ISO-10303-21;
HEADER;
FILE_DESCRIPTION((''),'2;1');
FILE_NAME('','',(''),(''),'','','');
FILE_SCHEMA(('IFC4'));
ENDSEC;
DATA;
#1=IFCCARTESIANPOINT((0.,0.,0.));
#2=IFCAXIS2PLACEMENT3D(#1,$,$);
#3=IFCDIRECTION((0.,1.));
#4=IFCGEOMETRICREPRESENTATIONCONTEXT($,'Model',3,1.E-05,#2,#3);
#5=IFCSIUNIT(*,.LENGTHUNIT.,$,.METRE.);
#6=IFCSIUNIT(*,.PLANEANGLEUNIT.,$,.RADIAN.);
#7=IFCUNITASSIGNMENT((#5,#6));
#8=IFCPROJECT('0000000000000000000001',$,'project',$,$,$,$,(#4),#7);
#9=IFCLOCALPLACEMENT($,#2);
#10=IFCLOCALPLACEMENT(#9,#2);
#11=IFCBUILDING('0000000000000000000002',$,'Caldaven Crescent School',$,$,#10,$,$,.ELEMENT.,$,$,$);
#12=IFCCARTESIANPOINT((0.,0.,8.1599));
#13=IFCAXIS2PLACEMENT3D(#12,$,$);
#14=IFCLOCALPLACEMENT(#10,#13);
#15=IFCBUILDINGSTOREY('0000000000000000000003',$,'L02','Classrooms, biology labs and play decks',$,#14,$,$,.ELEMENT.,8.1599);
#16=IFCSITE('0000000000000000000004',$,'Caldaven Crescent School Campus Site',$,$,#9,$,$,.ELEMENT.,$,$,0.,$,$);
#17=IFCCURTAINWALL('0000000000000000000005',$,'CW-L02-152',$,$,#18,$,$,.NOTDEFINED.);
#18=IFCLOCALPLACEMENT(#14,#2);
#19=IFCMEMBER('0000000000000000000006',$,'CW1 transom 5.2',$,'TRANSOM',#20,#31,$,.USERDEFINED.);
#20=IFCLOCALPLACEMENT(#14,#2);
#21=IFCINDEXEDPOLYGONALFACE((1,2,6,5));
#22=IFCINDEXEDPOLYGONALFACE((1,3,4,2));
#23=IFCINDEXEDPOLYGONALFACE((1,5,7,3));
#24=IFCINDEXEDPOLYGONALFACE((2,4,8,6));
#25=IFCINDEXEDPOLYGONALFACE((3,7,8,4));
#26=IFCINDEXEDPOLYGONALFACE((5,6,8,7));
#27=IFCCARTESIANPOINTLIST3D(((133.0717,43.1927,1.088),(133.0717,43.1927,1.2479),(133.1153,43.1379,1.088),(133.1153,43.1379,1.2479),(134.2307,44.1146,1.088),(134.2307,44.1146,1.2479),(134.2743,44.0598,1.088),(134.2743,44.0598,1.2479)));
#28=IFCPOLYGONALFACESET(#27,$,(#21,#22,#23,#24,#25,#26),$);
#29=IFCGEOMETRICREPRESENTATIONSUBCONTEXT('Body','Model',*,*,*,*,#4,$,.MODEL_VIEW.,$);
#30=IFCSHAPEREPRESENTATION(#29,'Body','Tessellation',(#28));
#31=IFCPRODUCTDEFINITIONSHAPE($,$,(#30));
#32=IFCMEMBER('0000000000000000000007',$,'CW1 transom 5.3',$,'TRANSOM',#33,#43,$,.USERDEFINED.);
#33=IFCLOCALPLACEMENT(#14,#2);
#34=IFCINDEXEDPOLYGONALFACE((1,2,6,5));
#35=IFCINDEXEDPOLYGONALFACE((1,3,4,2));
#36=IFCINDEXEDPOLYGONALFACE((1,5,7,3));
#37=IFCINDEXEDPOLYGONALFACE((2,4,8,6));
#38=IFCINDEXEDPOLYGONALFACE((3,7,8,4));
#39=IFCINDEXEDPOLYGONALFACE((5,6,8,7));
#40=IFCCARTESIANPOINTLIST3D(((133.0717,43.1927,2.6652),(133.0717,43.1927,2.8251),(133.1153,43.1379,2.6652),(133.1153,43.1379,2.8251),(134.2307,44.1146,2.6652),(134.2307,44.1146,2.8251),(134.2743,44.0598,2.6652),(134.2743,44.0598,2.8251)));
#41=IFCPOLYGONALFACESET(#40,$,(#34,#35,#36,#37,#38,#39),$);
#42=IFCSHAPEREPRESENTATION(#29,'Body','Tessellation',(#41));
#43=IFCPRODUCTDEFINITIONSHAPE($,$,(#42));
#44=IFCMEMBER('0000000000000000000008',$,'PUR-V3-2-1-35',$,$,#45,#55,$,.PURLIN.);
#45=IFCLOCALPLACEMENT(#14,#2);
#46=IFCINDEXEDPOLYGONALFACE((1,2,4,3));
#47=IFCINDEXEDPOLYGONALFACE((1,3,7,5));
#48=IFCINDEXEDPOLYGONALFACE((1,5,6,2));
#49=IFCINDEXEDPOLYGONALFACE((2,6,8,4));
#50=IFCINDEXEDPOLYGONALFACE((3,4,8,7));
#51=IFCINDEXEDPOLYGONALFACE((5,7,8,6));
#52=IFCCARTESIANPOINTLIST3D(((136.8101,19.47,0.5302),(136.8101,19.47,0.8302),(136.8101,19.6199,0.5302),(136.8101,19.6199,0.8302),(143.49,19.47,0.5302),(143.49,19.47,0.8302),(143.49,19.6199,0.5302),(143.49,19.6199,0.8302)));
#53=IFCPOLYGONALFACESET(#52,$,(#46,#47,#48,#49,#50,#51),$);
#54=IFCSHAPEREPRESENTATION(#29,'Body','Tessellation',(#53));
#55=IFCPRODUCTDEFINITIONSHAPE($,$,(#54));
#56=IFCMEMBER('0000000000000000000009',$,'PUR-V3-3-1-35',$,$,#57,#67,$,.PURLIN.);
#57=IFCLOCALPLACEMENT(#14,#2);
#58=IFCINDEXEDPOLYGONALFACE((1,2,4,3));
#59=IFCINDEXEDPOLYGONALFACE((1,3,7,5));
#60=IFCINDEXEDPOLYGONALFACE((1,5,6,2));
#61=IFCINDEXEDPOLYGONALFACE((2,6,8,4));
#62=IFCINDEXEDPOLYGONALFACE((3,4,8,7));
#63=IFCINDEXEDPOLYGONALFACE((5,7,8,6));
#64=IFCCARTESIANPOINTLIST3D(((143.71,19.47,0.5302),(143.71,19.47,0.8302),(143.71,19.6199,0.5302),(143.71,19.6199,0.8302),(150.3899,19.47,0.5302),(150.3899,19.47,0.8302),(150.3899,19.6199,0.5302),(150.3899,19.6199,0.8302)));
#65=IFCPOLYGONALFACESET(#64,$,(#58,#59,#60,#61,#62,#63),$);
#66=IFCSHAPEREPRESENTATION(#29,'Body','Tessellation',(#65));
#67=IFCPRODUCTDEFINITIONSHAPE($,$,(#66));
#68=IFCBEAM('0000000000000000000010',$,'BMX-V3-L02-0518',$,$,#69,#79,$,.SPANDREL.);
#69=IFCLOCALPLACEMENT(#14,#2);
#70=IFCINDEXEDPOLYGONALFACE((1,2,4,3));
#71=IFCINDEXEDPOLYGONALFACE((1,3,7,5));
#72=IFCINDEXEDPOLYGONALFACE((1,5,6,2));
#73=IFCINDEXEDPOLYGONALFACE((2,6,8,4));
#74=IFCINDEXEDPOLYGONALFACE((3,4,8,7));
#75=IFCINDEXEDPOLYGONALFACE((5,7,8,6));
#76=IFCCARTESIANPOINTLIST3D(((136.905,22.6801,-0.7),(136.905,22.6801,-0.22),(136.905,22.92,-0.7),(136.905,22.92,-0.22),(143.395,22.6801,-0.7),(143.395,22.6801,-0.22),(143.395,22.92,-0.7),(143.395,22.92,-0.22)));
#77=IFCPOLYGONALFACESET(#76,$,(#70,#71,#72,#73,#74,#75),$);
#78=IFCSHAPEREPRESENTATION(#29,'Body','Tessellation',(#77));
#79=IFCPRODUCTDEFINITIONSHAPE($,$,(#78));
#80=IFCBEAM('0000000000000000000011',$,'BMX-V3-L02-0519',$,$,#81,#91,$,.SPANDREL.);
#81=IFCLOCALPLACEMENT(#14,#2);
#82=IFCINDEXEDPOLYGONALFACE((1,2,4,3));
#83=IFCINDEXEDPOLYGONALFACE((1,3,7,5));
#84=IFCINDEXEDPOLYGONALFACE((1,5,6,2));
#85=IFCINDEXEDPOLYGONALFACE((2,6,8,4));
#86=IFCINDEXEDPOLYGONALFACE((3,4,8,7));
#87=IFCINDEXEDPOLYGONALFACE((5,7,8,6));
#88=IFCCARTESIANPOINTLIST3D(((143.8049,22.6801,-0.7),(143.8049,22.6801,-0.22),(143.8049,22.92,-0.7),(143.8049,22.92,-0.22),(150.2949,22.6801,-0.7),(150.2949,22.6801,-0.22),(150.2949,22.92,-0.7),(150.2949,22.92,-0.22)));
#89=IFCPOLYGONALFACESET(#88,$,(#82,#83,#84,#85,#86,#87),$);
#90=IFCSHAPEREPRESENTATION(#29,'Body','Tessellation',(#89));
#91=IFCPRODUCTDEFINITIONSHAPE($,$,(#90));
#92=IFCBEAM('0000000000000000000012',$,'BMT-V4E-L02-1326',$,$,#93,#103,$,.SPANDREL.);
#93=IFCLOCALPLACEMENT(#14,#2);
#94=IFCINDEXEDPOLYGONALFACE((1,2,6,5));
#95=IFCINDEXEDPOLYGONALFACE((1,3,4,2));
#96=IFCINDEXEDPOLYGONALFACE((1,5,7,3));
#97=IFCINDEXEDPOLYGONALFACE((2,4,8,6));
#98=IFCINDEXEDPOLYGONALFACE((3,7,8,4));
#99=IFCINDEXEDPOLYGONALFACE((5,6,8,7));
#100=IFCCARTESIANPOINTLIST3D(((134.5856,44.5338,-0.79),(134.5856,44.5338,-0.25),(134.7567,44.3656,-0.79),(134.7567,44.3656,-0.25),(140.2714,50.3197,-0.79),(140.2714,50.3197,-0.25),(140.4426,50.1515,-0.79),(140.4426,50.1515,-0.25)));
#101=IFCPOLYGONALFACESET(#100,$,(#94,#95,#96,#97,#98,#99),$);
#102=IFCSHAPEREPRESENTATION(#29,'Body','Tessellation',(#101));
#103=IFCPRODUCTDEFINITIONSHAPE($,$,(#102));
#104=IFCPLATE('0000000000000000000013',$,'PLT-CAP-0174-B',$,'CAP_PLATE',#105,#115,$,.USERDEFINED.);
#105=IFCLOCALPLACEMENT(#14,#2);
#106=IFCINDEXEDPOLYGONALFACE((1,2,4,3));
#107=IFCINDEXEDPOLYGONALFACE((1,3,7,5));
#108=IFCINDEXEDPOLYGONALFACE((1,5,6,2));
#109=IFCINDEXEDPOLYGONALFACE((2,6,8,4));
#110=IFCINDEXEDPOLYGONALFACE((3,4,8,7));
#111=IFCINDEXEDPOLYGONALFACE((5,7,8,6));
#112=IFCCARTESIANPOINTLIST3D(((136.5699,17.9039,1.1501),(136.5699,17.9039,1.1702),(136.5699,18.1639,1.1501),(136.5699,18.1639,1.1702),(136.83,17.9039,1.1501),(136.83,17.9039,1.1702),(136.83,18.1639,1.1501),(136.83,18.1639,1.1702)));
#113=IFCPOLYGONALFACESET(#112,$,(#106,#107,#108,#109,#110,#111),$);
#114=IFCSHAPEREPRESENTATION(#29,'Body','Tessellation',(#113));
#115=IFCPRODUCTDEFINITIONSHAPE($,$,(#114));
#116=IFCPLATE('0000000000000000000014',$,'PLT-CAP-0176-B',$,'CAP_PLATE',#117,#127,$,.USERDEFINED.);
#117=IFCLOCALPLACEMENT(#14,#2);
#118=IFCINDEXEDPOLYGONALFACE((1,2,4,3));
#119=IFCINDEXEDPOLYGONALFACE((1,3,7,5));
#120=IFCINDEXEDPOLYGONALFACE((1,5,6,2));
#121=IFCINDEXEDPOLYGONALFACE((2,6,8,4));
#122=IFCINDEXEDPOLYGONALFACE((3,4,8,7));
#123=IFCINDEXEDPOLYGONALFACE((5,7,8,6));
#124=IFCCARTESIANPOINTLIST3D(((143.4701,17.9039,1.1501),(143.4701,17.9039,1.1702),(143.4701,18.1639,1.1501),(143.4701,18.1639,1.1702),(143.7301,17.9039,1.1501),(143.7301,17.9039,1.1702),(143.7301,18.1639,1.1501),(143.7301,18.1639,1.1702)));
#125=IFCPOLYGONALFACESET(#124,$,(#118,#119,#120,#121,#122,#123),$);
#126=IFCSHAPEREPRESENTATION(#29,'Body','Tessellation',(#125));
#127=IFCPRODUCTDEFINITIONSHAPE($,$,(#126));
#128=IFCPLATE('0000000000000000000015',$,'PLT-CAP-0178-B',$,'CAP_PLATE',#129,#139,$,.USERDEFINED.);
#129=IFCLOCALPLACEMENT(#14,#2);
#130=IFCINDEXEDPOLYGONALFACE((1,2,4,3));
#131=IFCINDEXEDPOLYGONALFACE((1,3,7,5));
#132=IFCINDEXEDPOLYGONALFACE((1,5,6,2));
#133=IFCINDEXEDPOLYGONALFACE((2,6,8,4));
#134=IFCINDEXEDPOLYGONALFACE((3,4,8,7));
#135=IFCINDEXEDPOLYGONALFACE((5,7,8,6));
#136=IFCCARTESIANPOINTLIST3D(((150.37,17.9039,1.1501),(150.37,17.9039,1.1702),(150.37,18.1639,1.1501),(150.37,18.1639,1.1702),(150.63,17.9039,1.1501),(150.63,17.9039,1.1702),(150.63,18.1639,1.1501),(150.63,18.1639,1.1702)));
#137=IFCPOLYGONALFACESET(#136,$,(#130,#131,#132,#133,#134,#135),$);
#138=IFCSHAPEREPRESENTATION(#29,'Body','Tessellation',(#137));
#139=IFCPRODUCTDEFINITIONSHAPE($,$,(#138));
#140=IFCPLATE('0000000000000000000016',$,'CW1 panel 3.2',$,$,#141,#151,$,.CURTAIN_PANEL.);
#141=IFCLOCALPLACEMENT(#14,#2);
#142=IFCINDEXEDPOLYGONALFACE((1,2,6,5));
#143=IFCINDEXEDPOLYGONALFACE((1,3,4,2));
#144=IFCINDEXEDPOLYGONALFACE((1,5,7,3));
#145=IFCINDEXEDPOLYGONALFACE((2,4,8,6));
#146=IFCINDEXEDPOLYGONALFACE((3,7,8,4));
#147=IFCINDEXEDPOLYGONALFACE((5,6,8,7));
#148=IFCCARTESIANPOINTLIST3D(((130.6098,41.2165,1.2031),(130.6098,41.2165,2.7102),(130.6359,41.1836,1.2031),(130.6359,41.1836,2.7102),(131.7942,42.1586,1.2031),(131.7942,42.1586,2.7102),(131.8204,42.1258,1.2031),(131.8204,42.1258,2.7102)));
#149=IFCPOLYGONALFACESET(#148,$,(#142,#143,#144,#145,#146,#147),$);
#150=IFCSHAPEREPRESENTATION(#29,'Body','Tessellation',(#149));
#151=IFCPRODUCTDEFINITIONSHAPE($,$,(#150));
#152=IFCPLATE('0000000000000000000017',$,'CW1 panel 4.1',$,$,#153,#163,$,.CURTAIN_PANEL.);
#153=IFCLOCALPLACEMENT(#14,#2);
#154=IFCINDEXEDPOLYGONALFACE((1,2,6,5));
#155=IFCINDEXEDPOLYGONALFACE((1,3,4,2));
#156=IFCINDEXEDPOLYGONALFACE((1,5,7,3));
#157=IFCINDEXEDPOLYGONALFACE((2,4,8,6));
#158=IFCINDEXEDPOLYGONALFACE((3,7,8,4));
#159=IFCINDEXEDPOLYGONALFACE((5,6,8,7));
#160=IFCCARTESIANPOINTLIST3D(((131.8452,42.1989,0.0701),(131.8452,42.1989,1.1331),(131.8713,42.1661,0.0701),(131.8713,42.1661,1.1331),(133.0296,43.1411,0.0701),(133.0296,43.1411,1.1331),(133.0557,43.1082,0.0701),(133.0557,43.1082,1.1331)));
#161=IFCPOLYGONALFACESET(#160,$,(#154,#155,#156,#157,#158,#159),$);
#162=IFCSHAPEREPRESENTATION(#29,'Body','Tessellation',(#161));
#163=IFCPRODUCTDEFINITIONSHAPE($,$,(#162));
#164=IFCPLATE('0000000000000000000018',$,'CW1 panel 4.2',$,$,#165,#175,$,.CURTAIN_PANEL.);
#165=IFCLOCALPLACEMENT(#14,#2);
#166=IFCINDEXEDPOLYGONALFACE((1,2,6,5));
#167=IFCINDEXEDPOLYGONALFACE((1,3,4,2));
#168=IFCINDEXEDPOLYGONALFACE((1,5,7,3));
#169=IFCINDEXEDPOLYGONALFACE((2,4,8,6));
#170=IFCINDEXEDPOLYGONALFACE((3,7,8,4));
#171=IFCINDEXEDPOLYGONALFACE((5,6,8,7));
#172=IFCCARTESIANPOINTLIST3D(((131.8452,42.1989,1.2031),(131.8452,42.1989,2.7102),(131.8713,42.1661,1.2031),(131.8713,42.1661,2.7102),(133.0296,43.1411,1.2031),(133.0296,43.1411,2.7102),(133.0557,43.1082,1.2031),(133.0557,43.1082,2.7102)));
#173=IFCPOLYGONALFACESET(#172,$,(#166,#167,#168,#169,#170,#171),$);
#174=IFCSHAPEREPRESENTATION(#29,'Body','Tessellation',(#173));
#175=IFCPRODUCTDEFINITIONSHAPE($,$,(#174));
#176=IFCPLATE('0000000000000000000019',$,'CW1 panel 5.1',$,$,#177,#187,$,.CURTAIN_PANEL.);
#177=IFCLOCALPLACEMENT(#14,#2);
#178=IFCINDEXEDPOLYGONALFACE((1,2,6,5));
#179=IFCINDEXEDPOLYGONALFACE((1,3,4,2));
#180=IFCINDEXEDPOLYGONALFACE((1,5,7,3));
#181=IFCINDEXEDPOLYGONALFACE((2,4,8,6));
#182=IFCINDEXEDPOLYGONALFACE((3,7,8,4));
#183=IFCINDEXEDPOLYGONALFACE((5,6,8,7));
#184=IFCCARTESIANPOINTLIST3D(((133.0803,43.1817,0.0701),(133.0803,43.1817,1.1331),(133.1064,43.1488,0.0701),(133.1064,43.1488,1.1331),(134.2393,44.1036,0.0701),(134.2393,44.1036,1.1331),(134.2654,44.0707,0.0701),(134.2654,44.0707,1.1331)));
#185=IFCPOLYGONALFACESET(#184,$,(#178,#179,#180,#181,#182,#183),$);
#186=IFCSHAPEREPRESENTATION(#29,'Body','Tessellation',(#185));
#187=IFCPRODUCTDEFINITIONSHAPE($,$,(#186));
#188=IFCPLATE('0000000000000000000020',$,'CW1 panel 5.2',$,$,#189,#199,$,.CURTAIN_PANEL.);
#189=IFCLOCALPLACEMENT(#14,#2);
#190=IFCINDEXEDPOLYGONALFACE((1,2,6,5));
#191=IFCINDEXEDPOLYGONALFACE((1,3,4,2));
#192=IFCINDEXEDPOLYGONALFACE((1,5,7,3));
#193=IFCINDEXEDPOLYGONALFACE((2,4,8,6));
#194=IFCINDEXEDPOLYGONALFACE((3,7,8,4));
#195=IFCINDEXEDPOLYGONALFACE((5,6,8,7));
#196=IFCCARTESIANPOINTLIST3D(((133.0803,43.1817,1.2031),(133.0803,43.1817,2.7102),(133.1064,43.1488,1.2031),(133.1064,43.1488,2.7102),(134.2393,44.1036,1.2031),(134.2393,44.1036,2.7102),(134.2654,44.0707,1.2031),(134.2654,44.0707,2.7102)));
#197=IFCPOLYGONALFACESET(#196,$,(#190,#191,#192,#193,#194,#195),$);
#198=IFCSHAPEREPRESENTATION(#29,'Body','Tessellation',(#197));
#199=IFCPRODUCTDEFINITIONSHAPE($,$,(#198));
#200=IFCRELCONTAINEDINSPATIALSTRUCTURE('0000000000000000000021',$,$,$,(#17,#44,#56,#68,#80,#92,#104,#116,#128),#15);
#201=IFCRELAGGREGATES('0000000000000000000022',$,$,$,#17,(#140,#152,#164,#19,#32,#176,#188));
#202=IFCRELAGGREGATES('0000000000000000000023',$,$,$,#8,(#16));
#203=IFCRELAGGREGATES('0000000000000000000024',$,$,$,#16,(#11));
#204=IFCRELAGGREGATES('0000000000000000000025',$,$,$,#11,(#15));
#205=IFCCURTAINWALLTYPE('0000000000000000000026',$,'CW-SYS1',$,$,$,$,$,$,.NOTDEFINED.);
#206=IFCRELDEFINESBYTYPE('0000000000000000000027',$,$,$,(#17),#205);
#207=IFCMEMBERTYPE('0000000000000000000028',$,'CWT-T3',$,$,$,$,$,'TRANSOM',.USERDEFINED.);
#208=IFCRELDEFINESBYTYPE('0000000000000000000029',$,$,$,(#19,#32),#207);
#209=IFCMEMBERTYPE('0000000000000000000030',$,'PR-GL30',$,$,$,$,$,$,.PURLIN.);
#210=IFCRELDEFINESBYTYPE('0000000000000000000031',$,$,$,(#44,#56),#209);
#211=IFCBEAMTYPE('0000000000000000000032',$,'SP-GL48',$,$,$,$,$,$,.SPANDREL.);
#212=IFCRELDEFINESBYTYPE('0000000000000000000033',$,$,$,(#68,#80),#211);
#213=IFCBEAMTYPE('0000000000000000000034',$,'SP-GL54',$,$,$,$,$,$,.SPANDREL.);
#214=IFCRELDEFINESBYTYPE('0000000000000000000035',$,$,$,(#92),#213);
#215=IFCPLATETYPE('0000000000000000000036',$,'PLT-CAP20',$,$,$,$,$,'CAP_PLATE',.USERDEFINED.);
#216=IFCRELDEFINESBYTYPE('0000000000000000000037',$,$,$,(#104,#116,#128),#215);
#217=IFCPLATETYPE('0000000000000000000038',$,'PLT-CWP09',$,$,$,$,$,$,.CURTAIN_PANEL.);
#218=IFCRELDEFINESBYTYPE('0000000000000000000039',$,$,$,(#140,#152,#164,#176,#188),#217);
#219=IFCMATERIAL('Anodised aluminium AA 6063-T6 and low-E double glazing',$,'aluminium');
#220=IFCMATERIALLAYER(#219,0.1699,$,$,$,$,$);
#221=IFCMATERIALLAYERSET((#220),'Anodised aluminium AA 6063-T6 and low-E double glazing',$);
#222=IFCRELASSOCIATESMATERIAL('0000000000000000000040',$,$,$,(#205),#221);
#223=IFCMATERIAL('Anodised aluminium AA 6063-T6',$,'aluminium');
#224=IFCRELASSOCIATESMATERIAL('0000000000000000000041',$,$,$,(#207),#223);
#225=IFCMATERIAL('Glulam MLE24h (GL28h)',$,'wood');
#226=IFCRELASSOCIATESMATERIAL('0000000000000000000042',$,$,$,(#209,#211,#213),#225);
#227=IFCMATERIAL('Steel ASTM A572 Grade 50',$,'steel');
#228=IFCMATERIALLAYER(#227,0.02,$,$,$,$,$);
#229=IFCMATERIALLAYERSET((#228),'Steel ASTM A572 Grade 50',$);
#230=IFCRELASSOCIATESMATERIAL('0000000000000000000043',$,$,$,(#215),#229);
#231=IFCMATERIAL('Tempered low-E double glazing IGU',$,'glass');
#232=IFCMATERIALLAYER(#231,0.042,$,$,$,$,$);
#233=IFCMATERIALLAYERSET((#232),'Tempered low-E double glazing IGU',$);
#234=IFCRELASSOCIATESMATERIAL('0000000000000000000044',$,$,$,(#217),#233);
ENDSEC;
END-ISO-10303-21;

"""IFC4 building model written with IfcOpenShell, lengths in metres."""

from ifc_helpers import new_model, si_unit, direction, frame, origin, origin_2d, place, context, subcontext, project, spatial, rectangle, extrude, material, layer, layer_set, material_profile, profile_set, type_object, element, aggregate, save


model = new_model("IFC4")

# Units and contexts
model_context = context("Model", 3, precision=1e-05, world=origin(), true_north=direction((0.0, 1.0)))
body_context = subcontext(model_context, "Body", "Model", "MODEL_VIEW")
ifc_project = project(units=[si_unit("LENGTHUNIT", "METRE"), si_unit("PLANEANGLEUNIT", "RADIAN")], contexts=[model_context])

# Site, building, storey
site_placement = place(None, origin())
site = spatial("IfcSite", under=ifc_project, at=site_placement, Name="Caldaven Crescent School Campus Site", CompositionType="ELEMENT", RefElevation=0.0)
building_placement = place(site_placement, origin())
building = spatial("IfcBuilding", under=site, at=building_placement, Name="Caldaven Crescent School", CompositionType="ELEMENT")
storey_placement = place(building_placement, frame((0.0, 0.0, 8.1599)))
storey = spatial("IfcBuildingStorey", under=building, at=storey_placement, Name="L02", Description="Classrooms, biology labs and play decks", CompositionType="ELEMENT", Elevation=8.1599)

# Shared definitions
ifc_material_1 = material(Name="Glulam MLE24h (GL28h)", Category="wood")

# Curtain wall, members
ifc_material_2 = material(Name="Anodised aluminium AA 6063-T6 and low-E double glazing", Category="aluminium")
ifc_layer_1 = layer(ifc_material_2, 0.1699)
ifc_layer_set_1 = layer_set([ifc_layer_1], Name="Anodised aluminium AA 6063-T6 and low-E double glazing")
curtain_wall_type = type_object("IfcCurtainWallType", Name="CW-SYS1", PredefinedType="NOTDEFINED", material=ifc_layer_set_1)
curtain_wall_placement = place(storey_placement, origin())
curtain_wall = element("IfcCurtainWall", 1, at=curtain_wall_placement, inside=storey, type_object=curtain_wall_type, Name="CW-L02-152", PredefinedType="NOTDEFINED")
ifc_material_3 = material(Name="Anodised aluminium AA 6063-T6", Category="aluminium")
ifc_material_profile_1 = material_profile(ifc_material_3, rectangle(XDim=0.0701, YDim=0.1599, at=origin_2d()), Name="CWT 70x160")
ifc_profile_set_1 = profile_set([ifc_material_profile_1], Name="Anodised aluminium AA 6063-T6")
member_type_1 = type_object("IfcMemberType", Name="CWT-T3", ElementType="TRANSOM", PredefinedType="USERDEFINED", material=ifc_profile_set_1)
member_1_placement = place(storey_placement, frame((133.0935, 43.1653, 1.168), z_axis=(0.782603, 0.622521, 0.0), x_axis=(-0.622521, 0.782603, 0.0)))
member_1 = element("IfcMember", 2, at=member_1_placement, type_object=member_type_1, Name="CW1 transom 5.2", ObjectType="TRANSOM", PredefinedType="USERDEFINED", context=body_context, shape_type="SweptSolid", body=[
    extrude(rectangle(XDim=0.0701, YDim=0.1599, at=origin_2d()), origin(), (0.0, 0.0, 1.0), 1.481),
])
member_2_placement = place(storey_placement, frame((133.0935, 43.1653, 2.7451), z_axis=(0.782603, 0.622521, 0.0), x_axis=(-0.622521, 0.782603, 0.0)))
member_2 = element("IfcMember", 3, at=member_2_placement, type_object=member_type_1, Name="CW1 transom 5.3", ObjectType="TRANSOM", PredefinedType="USERDEFINED", context=body_context, shape_type="SweptSolid", body=[
    extrude(rectangle(XDim=0.0701, YDim=0.1599, at=origin_2d()), origin(), (0.0, 0.0, 1.0), 1.481),
])

# Members
ifc_material_profile_2 = material_profile(ifc_material_1, rectangle(XDim=0.1499, YDim=0.3, at=origin_2d()), Name="MLE 150x300")
ifc_profile_set_2 = profile_set([ifc_material_profile_2], Name="Glulam MLE24h (GL28h)")
member_type_2 = type_object("IfcMemberType", Name="PR-GL30", PredefinedType="PURLIN", material=ifc_profile_set_2)
for number, where, z_axis, x_axis, name in (
    (4, (136.8101, 19.5449, 0.6802), (1.0, 0.0, 0.0), (0.0, 1.0, 0.0), "PUR-V3-2-1-35"),
    (5, (143.71, 19.5449, 0.6802), (1.0, 0.0, 0.0), (0.0, 1.0, 0.0), "PUR-V3-3-1-35"),
):
    element("IfcMember", number, at=place(storey_placement, frame(where, z_axis=z_axis, x_axis=x_axis)), inside=storey, type_object=member_type_2, Name=name, PredefinedType="PURLIN", context=body_context, shape_type="SweptSolid", body=[
        extrude(rectangle(XDim=0.1499, YDim=0.3, at=origin_2d()), origin(), (0.0, 0.0, 1.0), 6.6799),
    ])

# Beams
ifc_material_profile_3 = material_profile(ifc_material_1, rectangle(XDim=0.24, YDim=0.48, at=origin_2d()), Name="MLE 240x480")
ifc_profile_set_3 = profile_set([ifc_material_profile_3], Name="Glulam MLE24h (GL28h)")
beam_type_1 = type_object("IfcBeamType", Name="SP-GL48", PredefinedType="SPANDREL", material=ifc_profile_set_3)
for number, where, z_axis, x_axis, name in (
    (6, (136.905, 22.8, -0.46), (1.0, 0.0, 0.0), (0.0, 1.0, 0.0), "BMX-V3-L02-0518"),
    (7, (143.8049, 22.8, -0.46), (1.0, 0.0, 0.0), (0.0, 1.0, 0.0), "BMX-V3-L02-0519"),
):
    element("IfcBeam", number, at=place(storey_placement, frame(where, z_axis=z_axis, x_axis=x_axis)), inside=storey, type_object=beam_type_1, Name=name, PredefinedType="SPANDREL", context=body_context, shape_type="SweptSolid", body=[
        extrude(rectangle(XDim=0.24, YDim=0.48, at=origin_2d()), origin(), (0.0, 0.0, 1.0), 6.49),
    ])
ifc_material_profile_4 = material_profile(ifc_material_1, rectangle(XDim=0.24, YDim=0.54, at=origin_2d()), Name="MLE 240x540")
ifc_profile_set_4 = profile_set([ifc_material_profile_4], Name="Glulam MLE24h (GL28h)")
beam_type_2 = type_object("IfcBeamType", Name="SP-GL54", PredefinedType="SPANDREL", material=ifc_profile_set_4)
beam_1_placement = place(storey_placement, frame((134.6711, 44.4497, -0.52), z_axis=(0.70091, 0.71325, 0.0), x_axis=(-0.71325, 0.70091, 0.0)))
element("IfcBeam", 8, at=beam_1_placement, inside=storey, type_object=beam_type_2, Name="BMT-V4E-L02-1326", PredefinedType="SPANDREL", context=body_context, shape_type="SweptSolid", body=[
    extrude(rectangle(XDim=0.24, YDim=0.54, at=origin_2d()), origin(), (0.0, 0.0, 1.0), 8.1121),
])

# Plates
ifc_material_4 = material(Name="Steel ASTM A572 Grade 50", Category="steel")
ifc_layer_2 = layer(ifc_material_4, 0.02)
ifc_layer_set_2 = layer_set([ifc_layer_2], Name="Steel ASTM A572 Grade 50")
plate_type_1 = type_object("IfcPlateType", Name="PLT-CAP20", ElementType="CAP_PLATE", PredefinedType="USERDEFINED", material=ifc_layer_set_2)
for number, where, z_axis, x_axis, name in (
    (9, (136.7, 18.0339, 1.1501), (0.0, 0.0, 1.0), (0.0, 1.0, 0.0), "PLT-CAP-0174-B"),
    (10, (143.6001, 18.0339, 1.1501), (0.0, 0.0, 1.0), (0.0, 1.0, 0.0), "PLT-CAP-0176-B"),
    (11, (150.5, 18.0339, 1.1501), (0.0, 0.0, 1.0), (0.0, 1.0, 0.0), "PLT-CAP-0178-B"),
):
    element("IfcPlate", number, at=place(storey_placement, frame(where, z_axis=z_axis, x_axis=x_axis)), inside=storey, type_object=plate_type_1, Name=name, ObjectType="CAP_PLATE", PredefinedType="USERDEFINED", context=body_context, shape_type="SweptSolid", body=[
        extrude(rectangle(XDim=0.26, YDim=0.26, at=origin_2d()), origin(), (0.0, 0.0, 1.0), 0.02),
    ])

# Plates
ifc_material_5 = material(Name="Tempered low-E double glazing IGU", Category="glass")
ifc_layer_3 = layer(ifc_material_5, 0.042)
ifc_layer_set_3 = layer_set([ifc_layer_3], Name="Tempered low-E double glazing IGU")
plate_type_2 = type_object("IfcPlateType", Name="PLT-CWP09", PredefinedType="CURTAIN_PANEL", material=ifc_layer_set_3)
plate_1_placement = place(storey_placement, frame((131.2151, 41.6711, 1.2031), z_axis=(0.0, 0.0, 1.0), x_axis=(0.782608, 0.622514, 0.0)))
plate_1 = element("IfcPlate", 12, at=plate_1_placement, type_object=plate_type_2, Name="CW1 panel 3.2", PredefinedType="CURTAIN_PANEL", context=body_context, shape_type="SweptSolid", body=[
    extrude(rectangle(XDim=1.5134, YDim=0.042, at=origin_2d()), origin(), (0.0, 0.0, 1.0), 1.5071),
])
plate_2_placement = place(storey_placement, frame((132.4504, 42.6536, 0.0701), z_axis=(0.0, 0.0, 1.0), x_axis=(0.782608, 0.622514, 0.0)))
plate_2 = element("IfcPlate", 13, at=plate_2_placement, type_object=plate_type_2, Name="CW1 panel 4.1", PredefinedType="CURTAIN_PANEL", context=body_context, shape_type="SweptSolid", body=[
    extrude(rectangle(XDim=1.5134, YDim=0.042, at=origin_2d()), origin(), (0.0, 0.0, 1.0), 1.063),
])
plate_3_placement = place(storey_placement, frame((132.4504, 42.6536, 1.2031), z_axis=(0.0, 0.0, 1.0), x_axis=(0.782608, 0.622514, 0.0)))
plate_3 = element("IfcPlate", 14, at=plate_3_placement, type_object=plate_type_2, Name="CW1 panel 4.2", PredefinedType="CURTAIN_PANEL", context=body_context, shape_type="SweptSolid", body=[
    extrude(rectangle(XDim=1.5134, YDim=0.042, at=origin_2d()), origin(), (0.0, 0.0, 1.0), 1.5071),
])
plate_4_placement = place(storey_placement, frame((133.6729, 43.6262, 0.0701), z_axis=(0.0, 0.0, 1.0), x_axis=(0.782608, 0.622514, 0.0)))
plate_4 = element("IfcPlate", 15, at=plate_4_placement, type_object=plate_type_2, Name="CW1 panel 5.1", PredefinedType="CURTAIN_PANEL", context=body_context, shape_type="SweptSolid", body=[
    extrude(rectangle(XDim=1.481, YDim=0.042, at=origin_2d()), origin(), (0.0, 0.0, 1.0), 1.063),
])
plate_5_placement = place(storey_placement, frame((133.6729, 43.6262, 1.2031), z_axis=(0.0, 0.0, 1.0), x_axis=(0.782608, 0.622514, 0.0)))
plate_5 = element("IfcPlate", 16, at=plate_5_placement, type_object=plate_type_2, Name="CW1 panel 5.2", PredefinedType="CURTAIN_PANEL", context=body_context, shape_type="SweptSolid", body=[
    extrude(rectangle(XDim=1.481, YDim=0.042, at=origin_2d()), origin(), (0.0, 0.0, 1.0), 1.5071),
])
aggregate(curtain_wall, [plate_1, plate_2, plate_3, member_1, member_2, plate_4, plate_5])

save(model, "model.ifc")
